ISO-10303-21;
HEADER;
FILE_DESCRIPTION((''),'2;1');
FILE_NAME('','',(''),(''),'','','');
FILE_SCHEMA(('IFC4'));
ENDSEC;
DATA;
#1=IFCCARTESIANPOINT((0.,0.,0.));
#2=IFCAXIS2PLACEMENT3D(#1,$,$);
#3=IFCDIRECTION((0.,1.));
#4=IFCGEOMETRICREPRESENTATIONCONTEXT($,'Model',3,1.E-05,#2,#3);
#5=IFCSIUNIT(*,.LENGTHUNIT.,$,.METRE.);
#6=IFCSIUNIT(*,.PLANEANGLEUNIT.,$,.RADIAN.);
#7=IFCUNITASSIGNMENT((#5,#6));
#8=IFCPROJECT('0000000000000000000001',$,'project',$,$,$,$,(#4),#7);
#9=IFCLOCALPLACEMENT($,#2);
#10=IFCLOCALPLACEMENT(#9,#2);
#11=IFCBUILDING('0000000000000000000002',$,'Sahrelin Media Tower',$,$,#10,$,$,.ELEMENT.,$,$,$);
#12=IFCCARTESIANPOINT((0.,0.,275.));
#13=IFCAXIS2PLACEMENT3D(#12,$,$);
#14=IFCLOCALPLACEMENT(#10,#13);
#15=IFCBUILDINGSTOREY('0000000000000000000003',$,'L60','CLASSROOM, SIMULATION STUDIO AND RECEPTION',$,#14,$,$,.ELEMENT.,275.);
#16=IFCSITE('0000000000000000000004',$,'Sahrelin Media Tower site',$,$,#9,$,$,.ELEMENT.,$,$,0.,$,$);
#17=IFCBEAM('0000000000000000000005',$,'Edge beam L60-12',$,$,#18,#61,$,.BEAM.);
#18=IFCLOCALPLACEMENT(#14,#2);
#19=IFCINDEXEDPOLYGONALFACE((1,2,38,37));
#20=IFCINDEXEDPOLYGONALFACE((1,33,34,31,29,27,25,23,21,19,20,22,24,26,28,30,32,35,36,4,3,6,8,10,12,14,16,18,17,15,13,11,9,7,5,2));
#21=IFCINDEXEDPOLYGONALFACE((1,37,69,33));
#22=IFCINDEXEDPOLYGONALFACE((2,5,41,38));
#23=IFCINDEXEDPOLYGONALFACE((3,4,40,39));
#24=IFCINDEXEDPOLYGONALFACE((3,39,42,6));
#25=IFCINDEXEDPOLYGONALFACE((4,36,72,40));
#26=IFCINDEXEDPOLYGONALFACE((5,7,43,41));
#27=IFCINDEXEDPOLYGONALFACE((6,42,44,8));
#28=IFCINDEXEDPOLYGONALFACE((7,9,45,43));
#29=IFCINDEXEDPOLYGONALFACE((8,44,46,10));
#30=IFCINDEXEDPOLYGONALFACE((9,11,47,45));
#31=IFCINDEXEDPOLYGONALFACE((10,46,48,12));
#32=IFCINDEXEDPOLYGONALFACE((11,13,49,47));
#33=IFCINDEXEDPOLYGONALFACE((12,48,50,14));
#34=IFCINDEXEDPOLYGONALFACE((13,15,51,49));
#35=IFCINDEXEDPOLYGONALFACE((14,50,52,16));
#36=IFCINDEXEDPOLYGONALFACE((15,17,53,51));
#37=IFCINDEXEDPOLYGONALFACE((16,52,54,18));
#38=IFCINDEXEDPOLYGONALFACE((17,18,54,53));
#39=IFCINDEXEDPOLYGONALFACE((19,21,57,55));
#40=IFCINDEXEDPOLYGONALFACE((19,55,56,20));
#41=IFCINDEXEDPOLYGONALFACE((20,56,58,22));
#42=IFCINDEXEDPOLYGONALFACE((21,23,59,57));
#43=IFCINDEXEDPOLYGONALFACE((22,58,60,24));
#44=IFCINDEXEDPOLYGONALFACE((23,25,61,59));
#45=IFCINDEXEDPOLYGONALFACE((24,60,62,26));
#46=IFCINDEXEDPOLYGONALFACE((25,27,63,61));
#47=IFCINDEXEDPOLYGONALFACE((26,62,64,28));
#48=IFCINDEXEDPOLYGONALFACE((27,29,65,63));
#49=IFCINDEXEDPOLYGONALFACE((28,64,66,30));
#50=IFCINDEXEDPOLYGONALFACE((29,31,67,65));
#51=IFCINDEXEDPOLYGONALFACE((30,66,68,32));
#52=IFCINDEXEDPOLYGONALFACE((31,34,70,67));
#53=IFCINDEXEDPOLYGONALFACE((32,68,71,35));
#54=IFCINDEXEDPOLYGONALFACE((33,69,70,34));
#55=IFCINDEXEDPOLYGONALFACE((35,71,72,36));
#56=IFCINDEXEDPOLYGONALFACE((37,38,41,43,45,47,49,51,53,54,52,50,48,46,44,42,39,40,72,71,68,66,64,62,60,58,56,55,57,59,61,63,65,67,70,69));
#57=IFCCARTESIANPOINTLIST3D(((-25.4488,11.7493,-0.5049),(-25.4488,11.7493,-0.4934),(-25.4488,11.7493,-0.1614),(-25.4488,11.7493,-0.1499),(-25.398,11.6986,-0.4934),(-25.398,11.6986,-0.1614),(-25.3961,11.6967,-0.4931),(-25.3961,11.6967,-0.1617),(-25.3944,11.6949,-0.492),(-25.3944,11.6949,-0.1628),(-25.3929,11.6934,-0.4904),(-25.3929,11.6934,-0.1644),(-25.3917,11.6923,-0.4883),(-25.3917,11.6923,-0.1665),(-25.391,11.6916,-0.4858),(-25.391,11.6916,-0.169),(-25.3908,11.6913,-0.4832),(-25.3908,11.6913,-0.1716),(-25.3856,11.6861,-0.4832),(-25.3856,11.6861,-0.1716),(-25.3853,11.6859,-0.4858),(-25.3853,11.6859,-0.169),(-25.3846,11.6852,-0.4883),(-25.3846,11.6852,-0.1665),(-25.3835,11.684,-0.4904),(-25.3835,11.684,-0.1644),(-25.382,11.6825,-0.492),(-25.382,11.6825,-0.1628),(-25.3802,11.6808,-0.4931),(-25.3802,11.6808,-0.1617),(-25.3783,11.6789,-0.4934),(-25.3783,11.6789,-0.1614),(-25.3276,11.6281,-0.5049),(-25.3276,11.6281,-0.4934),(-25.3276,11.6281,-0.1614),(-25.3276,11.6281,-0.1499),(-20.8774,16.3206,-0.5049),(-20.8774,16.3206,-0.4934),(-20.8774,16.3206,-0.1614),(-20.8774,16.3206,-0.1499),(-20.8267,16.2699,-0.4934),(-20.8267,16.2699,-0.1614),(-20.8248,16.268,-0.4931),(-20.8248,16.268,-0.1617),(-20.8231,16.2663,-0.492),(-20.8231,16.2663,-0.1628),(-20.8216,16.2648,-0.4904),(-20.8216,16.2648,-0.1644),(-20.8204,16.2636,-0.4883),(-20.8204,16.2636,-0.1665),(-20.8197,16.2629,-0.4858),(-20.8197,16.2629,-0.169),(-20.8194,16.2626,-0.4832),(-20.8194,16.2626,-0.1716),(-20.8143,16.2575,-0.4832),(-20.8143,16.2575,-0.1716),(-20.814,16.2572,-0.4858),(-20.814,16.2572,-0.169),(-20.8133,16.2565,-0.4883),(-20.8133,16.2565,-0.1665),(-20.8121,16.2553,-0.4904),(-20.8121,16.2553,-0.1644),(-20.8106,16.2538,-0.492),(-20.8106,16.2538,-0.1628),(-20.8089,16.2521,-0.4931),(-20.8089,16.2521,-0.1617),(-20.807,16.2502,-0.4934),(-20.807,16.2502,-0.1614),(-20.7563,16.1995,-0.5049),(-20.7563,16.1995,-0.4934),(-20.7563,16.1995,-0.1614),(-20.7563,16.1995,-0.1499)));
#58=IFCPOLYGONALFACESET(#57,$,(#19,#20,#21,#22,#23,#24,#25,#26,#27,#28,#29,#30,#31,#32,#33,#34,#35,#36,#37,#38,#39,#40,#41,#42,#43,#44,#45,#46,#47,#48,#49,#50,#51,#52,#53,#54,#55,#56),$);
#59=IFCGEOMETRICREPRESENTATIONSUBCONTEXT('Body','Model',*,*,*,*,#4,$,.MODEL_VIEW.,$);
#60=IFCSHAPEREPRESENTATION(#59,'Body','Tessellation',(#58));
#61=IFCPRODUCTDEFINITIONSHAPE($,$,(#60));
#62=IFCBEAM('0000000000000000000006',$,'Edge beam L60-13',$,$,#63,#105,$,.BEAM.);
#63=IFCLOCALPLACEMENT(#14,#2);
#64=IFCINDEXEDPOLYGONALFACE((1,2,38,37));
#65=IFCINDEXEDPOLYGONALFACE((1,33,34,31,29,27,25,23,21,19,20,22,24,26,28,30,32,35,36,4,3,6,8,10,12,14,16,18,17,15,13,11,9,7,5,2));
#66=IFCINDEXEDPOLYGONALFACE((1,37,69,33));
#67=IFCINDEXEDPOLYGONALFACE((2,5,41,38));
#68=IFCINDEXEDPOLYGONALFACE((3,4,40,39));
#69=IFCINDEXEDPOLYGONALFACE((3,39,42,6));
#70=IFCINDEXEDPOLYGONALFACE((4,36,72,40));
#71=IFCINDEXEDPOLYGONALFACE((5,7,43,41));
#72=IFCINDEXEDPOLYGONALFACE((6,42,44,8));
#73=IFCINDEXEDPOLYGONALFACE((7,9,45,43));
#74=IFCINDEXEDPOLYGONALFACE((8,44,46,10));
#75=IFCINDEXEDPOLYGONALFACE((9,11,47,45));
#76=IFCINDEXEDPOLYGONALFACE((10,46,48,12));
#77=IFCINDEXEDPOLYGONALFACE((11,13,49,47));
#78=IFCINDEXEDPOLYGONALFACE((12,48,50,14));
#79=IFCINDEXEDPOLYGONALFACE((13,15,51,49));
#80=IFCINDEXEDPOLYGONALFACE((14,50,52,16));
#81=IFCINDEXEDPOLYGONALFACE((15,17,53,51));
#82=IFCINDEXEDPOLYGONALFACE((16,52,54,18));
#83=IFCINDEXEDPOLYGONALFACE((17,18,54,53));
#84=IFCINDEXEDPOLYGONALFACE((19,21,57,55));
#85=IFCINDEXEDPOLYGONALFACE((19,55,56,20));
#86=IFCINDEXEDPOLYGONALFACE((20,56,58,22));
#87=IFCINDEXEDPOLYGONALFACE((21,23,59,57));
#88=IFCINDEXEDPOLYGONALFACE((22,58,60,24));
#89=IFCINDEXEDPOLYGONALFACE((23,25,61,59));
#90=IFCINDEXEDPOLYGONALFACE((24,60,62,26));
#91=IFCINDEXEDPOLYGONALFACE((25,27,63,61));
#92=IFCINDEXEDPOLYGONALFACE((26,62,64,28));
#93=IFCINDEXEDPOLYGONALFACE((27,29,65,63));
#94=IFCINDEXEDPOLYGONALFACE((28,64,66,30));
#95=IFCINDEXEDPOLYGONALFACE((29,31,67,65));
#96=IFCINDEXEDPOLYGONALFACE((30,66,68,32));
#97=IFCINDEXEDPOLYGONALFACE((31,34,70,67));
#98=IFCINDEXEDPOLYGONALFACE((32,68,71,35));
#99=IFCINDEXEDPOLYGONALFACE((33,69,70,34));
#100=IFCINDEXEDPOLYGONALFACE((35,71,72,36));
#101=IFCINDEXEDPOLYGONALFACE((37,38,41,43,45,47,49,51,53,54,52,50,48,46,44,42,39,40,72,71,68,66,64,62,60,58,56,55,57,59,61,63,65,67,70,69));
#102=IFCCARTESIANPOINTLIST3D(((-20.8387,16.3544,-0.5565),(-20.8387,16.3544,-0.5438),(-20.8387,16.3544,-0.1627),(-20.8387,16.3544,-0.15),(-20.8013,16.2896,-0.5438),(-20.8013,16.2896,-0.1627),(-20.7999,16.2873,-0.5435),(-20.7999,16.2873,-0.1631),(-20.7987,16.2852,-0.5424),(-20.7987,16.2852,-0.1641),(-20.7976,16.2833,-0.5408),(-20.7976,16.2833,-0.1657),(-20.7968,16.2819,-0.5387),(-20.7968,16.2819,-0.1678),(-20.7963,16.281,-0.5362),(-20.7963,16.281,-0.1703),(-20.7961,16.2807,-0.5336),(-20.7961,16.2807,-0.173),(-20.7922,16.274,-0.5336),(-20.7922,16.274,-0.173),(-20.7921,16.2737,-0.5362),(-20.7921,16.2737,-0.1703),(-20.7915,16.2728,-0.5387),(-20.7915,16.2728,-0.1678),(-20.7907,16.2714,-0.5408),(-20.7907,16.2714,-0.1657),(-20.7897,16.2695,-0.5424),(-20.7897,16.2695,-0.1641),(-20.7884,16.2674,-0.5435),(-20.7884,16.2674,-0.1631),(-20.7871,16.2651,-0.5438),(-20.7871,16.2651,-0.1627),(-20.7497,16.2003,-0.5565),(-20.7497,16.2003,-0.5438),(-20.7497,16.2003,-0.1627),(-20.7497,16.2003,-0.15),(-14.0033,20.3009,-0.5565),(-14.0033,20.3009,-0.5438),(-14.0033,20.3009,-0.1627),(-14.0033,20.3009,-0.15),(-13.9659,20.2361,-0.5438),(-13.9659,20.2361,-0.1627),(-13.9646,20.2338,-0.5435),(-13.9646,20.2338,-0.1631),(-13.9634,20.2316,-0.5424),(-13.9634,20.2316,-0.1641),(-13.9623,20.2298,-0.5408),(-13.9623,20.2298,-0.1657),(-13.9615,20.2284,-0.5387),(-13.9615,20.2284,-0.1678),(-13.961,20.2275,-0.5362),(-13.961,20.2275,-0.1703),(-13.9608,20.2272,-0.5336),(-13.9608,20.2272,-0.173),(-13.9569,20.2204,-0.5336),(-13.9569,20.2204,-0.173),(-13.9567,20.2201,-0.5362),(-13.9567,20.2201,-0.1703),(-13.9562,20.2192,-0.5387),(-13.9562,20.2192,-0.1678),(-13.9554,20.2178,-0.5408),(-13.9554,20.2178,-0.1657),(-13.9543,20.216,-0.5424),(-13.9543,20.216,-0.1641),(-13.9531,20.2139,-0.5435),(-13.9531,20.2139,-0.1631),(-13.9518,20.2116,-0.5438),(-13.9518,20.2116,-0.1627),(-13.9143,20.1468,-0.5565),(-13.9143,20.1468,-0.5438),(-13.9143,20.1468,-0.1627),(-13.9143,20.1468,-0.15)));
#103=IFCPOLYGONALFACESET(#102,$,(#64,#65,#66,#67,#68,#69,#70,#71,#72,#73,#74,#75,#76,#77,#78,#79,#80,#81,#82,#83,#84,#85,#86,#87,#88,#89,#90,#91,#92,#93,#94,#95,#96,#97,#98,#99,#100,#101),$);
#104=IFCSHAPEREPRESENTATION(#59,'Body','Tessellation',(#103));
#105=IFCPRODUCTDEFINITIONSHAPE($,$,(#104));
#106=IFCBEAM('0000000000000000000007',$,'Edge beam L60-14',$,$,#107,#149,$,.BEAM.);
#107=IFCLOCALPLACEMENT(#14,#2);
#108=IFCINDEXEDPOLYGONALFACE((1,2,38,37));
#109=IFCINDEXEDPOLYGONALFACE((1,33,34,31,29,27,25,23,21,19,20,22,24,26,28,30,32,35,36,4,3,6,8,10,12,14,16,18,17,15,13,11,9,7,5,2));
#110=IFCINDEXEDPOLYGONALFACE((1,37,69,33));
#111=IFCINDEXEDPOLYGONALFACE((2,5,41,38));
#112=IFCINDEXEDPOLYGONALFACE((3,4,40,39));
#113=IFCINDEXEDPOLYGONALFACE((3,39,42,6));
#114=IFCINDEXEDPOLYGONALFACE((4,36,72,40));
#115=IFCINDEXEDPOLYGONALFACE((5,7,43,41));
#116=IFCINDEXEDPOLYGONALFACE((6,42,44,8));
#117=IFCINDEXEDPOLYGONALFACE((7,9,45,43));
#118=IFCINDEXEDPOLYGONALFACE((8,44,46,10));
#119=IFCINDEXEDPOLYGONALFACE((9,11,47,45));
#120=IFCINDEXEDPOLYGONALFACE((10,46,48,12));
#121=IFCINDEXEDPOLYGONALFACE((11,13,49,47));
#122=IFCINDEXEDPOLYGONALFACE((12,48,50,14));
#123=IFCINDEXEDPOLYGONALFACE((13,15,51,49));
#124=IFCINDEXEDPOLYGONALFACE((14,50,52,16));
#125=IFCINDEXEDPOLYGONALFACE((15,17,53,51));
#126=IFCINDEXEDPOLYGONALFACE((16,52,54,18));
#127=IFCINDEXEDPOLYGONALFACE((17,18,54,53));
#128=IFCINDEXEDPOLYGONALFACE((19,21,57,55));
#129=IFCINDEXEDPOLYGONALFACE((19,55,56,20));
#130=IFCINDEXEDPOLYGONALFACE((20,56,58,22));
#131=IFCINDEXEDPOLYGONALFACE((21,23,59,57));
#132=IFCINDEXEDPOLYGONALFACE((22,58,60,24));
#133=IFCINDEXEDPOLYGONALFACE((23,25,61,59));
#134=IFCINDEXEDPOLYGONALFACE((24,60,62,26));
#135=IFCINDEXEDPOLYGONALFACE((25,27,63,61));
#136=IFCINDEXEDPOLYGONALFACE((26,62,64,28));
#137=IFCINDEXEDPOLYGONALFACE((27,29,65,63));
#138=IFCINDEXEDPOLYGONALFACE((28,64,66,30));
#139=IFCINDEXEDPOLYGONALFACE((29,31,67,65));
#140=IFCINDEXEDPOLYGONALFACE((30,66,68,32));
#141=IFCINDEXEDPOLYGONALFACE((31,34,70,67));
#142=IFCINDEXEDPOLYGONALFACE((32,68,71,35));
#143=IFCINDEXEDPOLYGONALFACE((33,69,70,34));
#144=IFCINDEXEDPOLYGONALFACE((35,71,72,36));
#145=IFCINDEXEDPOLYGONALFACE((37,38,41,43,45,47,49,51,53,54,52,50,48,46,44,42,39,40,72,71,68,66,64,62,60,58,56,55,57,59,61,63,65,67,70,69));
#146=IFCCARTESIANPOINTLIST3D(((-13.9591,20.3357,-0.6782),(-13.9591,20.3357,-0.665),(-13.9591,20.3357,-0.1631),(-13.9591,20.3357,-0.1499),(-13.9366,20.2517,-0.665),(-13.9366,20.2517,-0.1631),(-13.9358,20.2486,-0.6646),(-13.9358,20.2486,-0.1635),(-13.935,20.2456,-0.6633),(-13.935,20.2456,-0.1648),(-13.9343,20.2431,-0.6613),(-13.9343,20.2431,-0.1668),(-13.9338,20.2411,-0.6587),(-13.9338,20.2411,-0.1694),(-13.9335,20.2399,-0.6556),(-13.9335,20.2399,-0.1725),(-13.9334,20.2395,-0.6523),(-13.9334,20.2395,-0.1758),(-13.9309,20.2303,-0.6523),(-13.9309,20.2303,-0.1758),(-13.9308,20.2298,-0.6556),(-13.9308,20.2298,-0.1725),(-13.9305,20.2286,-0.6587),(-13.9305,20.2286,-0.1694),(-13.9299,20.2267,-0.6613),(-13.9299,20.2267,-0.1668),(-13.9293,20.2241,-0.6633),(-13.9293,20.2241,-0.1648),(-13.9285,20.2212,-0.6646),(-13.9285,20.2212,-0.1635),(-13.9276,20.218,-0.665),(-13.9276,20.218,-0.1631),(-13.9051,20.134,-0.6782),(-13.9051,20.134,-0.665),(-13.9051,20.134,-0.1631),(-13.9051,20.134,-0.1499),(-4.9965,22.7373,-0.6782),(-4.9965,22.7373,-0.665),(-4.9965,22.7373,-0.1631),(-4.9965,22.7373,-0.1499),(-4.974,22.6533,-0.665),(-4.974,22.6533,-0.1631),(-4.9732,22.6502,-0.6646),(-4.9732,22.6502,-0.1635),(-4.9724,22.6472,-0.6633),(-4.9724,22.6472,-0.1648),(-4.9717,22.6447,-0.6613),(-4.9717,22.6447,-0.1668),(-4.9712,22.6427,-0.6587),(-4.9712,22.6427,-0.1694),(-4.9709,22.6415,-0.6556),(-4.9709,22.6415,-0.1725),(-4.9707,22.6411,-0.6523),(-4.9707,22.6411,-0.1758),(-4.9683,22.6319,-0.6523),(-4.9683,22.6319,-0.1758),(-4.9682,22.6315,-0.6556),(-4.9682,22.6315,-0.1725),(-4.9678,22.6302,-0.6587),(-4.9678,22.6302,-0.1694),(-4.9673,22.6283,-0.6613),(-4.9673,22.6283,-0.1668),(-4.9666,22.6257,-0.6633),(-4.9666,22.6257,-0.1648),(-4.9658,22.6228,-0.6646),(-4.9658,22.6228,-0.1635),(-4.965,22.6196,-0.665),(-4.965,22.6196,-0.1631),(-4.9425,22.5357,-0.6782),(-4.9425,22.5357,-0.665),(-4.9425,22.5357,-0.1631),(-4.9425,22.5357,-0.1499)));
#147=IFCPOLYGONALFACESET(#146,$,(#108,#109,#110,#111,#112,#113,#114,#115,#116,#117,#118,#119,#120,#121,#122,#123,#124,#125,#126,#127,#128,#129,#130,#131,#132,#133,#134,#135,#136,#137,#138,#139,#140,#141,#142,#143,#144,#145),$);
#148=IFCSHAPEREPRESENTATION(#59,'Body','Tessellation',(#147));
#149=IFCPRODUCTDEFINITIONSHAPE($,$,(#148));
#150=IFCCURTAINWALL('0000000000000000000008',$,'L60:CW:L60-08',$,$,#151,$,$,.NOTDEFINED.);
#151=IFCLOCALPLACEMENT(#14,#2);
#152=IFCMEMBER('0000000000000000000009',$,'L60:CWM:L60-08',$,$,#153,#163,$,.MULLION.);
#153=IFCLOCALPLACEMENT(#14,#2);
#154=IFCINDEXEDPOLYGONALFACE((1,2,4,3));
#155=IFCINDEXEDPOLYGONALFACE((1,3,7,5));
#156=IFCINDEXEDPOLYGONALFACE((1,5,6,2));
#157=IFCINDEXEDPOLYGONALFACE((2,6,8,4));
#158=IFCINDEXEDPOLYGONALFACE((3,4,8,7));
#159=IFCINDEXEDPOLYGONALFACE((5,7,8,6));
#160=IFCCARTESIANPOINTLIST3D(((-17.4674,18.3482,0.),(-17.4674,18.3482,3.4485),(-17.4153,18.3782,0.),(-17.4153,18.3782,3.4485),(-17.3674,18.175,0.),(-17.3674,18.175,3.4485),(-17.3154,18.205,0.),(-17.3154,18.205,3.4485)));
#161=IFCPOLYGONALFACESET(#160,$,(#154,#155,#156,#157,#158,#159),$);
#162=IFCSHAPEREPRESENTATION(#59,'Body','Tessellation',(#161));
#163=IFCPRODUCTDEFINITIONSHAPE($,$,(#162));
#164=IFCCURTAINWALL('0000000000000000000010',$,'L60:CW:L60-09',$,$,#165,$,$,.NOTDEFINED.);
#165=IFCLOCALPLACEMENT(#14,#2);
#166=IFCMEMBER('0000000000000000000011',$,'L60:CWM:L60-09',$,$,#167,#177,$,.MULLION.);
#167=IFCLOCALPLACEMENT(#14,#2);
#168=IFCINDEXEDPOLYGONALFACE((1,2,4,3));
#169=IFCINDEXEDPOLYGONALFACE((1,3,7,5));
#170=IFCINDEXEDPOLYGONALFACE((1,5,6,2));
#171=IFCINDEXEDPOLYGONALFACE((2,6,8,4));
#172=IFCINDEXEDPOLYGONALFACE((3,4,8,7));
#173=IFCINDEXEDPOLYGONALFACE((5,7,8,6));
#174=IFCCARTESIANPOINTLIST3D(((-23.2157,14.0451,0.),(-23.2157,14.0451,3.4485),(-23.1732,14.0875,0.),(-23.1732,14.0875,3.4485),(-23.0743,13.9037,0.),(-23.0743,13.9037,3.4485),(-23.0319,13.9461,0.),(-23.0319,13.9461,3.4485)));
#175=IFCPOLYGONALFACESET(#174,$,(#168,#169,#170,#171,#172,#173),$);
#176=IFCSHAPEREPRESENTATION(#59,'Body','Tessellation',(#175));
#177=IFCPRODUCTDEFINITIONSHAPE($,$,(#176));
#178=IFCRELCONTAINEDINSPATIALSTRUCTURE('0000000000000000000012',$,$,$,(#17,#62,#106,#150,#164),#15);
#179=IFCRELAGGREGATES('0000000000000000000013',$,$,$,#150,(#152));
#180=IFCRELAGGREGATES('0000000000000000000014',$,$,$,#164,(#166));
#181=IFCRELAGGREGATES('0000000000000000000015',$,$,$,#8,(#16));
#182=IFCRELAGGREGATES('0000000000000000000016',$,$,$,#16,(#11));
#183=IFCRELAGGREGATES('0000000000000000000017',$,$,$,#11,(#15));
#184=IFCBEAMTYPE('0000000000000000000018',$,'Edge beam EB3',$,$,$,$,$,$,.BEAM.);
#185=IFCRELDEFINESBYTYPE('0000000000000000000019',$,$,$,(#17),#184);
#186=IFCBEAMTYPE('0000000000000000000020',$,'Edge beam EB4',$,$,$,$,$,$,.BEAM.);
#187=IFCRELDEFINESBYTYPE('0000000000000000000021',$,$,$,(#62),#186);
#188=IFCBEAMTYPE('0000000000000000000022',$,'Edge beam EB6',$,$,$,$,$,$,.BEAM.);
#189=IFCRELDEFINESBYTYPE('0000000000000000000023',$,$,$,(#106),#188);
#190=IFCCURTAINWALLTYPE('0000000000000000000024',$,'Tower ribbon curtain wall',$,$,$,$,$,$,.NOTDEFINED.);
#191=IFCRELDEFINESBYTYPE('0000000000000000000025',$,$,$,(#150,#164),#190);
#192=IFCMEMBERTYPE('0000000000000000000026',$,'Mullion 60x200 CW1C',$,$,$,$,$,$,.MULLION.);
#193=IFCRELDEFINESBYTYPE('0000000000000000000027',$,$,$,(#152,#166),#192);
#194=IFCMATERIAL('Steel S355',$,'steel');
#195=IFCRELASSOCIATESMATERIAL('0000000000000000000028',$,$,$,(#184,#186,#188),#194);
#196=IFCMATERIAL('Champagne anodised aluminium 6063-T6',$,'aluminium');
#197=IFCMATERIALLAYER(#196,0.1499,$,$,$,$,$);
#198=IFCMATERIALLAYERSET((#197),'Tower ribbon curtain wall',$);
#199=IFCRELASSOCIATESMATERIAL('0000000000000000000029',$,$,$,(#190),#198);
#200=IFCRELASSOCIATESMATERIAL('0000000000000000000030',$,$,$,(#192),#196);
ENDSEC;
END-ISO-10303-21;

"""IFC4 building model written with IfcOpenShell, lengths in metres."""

from ifc_helpers import new_model, si_unit, direction, frame, origin, origin_2d, place, context, subcontext, project, spatial, rectangle, i_section, extrude, material, layer, layer_set, material_profile, profile_set, type_object, element, aggregate, save


model = new_model("IFC4")

# Units and contexts
model_context = context("Model", 3, precision=1e-05, world=origin(), true_north=direction((0.0, 1.0)))
body_context = subcontext(model_context, "Body", "Model", "MODEL_VIEW")
ifc_project = project(units=[si_unit("LENGTHUNIT", "METRE"), si_unit("PLANEANGLEUNIT", "RADIAN")], contexts=[model_context])

# Site, building, storey
site_placement = place(None, origin())
site = spatial("IfcSite", under=ifc_project, at=site_placement, Name="Sahrelin Media Tower site", CompositionType="ELEMENT", RefElevation=0.0)
building_placement = place(site_placement, origin())
building = spatial("IfcBuilding", under=site, at=building_placement, Name="Sahrelin Media Tower", CompositionType="ELEMENT")
storey_placement = place(building_placement, frame((0.0, 0.0, 275.0)))
storey = spatial("IfcBuildingStorey", under=building, at=storey_placement, Name="L60", Description="CLASSROOM, SIMULATION STUDIO AND RECEPTION", CompositionType="ELEMENT", Elevation=275.0)

# Beams
ifc_material_1 = material(Name="Steel S355", Category="steel")
ifc_material_profile_1 = material_profile(ifc_material_1, i_section(OverallWidth=0.1714, OverallDepth=0.355, WebThickness=0.0073, FlangeThickness=0.0115, FilletRadius=0.0103, at=origin_2d()), Name="UB 356x171x51")
ifc_profile_set_1 = profile_set([ifc_material_profile_1], Name="Steel S355")
beam_type_1 = type_object("IfcBeamType", Name="Edge beam EB3", PredefinedType="BEAM", material=ifc_profile_set_1)
beam_1_placement = place(storey_placement, frame((-25.3882, 11.6887, -0.3274), z_axis=(0.707107, 0.707107, 0.0), x_axis=(-0.707107, 0.707107, 0.0)))
element("IfcBeam", 1, at=beam_1_placement, inside=storey, type_object=beam_type_1, Name="Edge beam L60-12", PredefinedType="BEAM", context=body_context, shape_type="SweptSolid", body=[
    extrude(i_section(OverallWidth=0.1714, OverallDepth=0.355, WebThickness=0.0073, FlangeThickness=0.0115, FilletRadius=0.0103, at=origin_2d()), origin(), (0.0, 0.0, 1.0), 6.4648),
])
ifc_material_profile_2 = material_profile(ifc_material_1, i_section(OverallWidth=0.178, OverallDepth=0.4065, WebThickness=0.0078, FlangeThickness=0.0127, FilletRadius=0.0103, at=origin_2d()), Name="UB 406x178x60")
ifc_profile_set_2 = profile_set([ifc_material_profile_2], Name="Steel S355")
beam_type_2 = type_object("IfcBeamType", Name="Edge beam EB4", PredefinedType="BEAM", material=ifc_profile_set_2)
beam_2_placement = place(storey_placement, frame((-20.7942, 16.2773, -0.3533), z_axis=(0.866021, 0.500008, 0.0), x_axis=(-0.500008, 0.866021, 0.0)))
element("IfcBeam", 2, at=beam_2_placement, inside=storey, type_object=beam_type_2, Name="Edge beam L60-13", PredefinedType="BEAM", context=body_context, shape_type="SweptSolid", body=[
    extrude(i_section(OverallWidth=0.178, OverallDepth=0.4065, WebThickness=0.0078, FlangeThickness=0.0127, FilletRadius=0.0103, at=origin_2d()), origin(), (0.0, 0.0, 1.0), 7.8928),
])
ifc_material_profile_3 = material_profile(ifc_material_1, i_section(OverallWidth=0.2087, OverallDepth=0.5283, WebThickness=0.0095, FlangeThickness=0.0132, FilletRadius=0.0127, at=origin_2d()), Name="UB 533x210x82")
ifc_profile_set_3 = profile_set([ifc_material_profile_3], Name="Steel S355")
beam_type_3 = type_object("IfcBeamType", Name="Edge beam EB6", PredefinedType="BEAM", material=ifc_profile_set_3)
beam_3_placement = place(storey_placement, frame((-13.9321, 20.2349, -0.4141), z_axis=(0.965924, 0.258827, 0.0), x_axis=(-0.258827, 0.965924, 0.0)))
element("IfcBeam", 3, at=beam_3_placement, inside=storey, type_object=beam_type_3, Name="Edge beam L60-14", PredefinedType="BEAM", context=body_context, shape_type="SweptSolid", body=[
    extrude(i_section(OverallWidth=0.2087, OverallDepth=0.5283, WebThickness=0.0095, FlangeThickness=0.0132, FilletRadius=0.0127, at=origin_2d()), origin(), (0.0, 0.0, 1.0), 9.2788),
])

# Curtain walls, members
ifc_material_2 = material(Name="Champagne anodised aluminium 6063-T6", Category="aluminium")
ifc_layer_1 = layer(ifc_material_2, 0.1499)
ifc_layer_set_1 = layer_set([ifc_layer_1], Name="Tower ribbon curtain wall")
curtain_wall_type = type_object("IfcCurtainWallType", Name="Tower ribbon curtain wall", PredefinedType="NOTDEFINED", material=ifc_layer_set_1)
curtain_wall_1_placement = place(storey_placement, frame((-17.4514, 18.3806, 0.0), z_axis=(0.0, 0.0, 1.0), x_axis=(1.0, 0.0, 0.0)))
curtain_wall_1 = element("IfcCurtainWall", 4, at=curtain_wall_1_placement, inside=storey, type_object=curtain_wall_type, Name="L60:CW:L60-08", PredefinedType="NOTDEFINED")
ifc_material_profile_4 = material_profile(ifc_material_2, rectangle(XDim=0.0601, YDim=0.2, at=origin_2d()), Name="Mullion 60x200")
ifc_profile_set_4 = profile_set([ifc_material_profile_4], Name="Champagne anodised aluminium 6063-T6")
member_type_1 = type_object("IfcMemberType", Name="Mullion 60x200 CW1C", PredefinedType="MULLION", material=ifc_profile_set_4)
member_1_placement = place(storey_placement, frame((-17.3914, 18.2766, 0.0), z_axis=(0.0, 0.0, 1.0), x_axis=(-0.866026, -0.499998, 0.0)))
member_1 = element("IfcMember", 5, at=member_1_placement, type_object=member_type_1, Name="L60:CWM:L60-08", PredefinedType="MULLION", context=body_context, shape_type="SweptSolid", body=[
    extrude(rectangle(XDim=0.0601, YDim=0.2, at=origin_2d()), origin(), (0.0, 0.0, 1.0), 3.4485),
])
curtain_wall_2_placement = place(storey_placement, frame((-23.2087, 14.0803, 0.0), z_axis=(0.0, 0.0, 1.0), x_axis=(1.0, 0.0, 0.0)))
curtain_wall_2 = element("IfcCurtainWall", 6, at=curtain_wall_2_placement, inside=storey, type_object=curtain_wall_type, Name="L60:CW:L60-09", PredefinedType="NOTDEFINED")
member_2_placement = place(storey_placement, frame((-23.1238, 13.9956, 0.0), z_axis=(0.0, 0.0, 1.0), x_axis=(-0.707107, -0.707107, 0.0)))
member_2 = element("IfcMember", 7, at=member_2_placement, type_object=member_type_1, Name="L60:CWM:L60-09", PredefinedType="MULLION", context=body_context, shape_type="SweptSolid", body=[
    extrude(rectangle(XDim=0.0601, YDim=0.2, at=origin_2d()), origin(), (0.0, 0.0, 1.0), 3.4485),
])

aggregate(curtain_wall_1, [member_1])
aggregate(curtain_wall_2, [member_2])

save(model, "model.ifc")
